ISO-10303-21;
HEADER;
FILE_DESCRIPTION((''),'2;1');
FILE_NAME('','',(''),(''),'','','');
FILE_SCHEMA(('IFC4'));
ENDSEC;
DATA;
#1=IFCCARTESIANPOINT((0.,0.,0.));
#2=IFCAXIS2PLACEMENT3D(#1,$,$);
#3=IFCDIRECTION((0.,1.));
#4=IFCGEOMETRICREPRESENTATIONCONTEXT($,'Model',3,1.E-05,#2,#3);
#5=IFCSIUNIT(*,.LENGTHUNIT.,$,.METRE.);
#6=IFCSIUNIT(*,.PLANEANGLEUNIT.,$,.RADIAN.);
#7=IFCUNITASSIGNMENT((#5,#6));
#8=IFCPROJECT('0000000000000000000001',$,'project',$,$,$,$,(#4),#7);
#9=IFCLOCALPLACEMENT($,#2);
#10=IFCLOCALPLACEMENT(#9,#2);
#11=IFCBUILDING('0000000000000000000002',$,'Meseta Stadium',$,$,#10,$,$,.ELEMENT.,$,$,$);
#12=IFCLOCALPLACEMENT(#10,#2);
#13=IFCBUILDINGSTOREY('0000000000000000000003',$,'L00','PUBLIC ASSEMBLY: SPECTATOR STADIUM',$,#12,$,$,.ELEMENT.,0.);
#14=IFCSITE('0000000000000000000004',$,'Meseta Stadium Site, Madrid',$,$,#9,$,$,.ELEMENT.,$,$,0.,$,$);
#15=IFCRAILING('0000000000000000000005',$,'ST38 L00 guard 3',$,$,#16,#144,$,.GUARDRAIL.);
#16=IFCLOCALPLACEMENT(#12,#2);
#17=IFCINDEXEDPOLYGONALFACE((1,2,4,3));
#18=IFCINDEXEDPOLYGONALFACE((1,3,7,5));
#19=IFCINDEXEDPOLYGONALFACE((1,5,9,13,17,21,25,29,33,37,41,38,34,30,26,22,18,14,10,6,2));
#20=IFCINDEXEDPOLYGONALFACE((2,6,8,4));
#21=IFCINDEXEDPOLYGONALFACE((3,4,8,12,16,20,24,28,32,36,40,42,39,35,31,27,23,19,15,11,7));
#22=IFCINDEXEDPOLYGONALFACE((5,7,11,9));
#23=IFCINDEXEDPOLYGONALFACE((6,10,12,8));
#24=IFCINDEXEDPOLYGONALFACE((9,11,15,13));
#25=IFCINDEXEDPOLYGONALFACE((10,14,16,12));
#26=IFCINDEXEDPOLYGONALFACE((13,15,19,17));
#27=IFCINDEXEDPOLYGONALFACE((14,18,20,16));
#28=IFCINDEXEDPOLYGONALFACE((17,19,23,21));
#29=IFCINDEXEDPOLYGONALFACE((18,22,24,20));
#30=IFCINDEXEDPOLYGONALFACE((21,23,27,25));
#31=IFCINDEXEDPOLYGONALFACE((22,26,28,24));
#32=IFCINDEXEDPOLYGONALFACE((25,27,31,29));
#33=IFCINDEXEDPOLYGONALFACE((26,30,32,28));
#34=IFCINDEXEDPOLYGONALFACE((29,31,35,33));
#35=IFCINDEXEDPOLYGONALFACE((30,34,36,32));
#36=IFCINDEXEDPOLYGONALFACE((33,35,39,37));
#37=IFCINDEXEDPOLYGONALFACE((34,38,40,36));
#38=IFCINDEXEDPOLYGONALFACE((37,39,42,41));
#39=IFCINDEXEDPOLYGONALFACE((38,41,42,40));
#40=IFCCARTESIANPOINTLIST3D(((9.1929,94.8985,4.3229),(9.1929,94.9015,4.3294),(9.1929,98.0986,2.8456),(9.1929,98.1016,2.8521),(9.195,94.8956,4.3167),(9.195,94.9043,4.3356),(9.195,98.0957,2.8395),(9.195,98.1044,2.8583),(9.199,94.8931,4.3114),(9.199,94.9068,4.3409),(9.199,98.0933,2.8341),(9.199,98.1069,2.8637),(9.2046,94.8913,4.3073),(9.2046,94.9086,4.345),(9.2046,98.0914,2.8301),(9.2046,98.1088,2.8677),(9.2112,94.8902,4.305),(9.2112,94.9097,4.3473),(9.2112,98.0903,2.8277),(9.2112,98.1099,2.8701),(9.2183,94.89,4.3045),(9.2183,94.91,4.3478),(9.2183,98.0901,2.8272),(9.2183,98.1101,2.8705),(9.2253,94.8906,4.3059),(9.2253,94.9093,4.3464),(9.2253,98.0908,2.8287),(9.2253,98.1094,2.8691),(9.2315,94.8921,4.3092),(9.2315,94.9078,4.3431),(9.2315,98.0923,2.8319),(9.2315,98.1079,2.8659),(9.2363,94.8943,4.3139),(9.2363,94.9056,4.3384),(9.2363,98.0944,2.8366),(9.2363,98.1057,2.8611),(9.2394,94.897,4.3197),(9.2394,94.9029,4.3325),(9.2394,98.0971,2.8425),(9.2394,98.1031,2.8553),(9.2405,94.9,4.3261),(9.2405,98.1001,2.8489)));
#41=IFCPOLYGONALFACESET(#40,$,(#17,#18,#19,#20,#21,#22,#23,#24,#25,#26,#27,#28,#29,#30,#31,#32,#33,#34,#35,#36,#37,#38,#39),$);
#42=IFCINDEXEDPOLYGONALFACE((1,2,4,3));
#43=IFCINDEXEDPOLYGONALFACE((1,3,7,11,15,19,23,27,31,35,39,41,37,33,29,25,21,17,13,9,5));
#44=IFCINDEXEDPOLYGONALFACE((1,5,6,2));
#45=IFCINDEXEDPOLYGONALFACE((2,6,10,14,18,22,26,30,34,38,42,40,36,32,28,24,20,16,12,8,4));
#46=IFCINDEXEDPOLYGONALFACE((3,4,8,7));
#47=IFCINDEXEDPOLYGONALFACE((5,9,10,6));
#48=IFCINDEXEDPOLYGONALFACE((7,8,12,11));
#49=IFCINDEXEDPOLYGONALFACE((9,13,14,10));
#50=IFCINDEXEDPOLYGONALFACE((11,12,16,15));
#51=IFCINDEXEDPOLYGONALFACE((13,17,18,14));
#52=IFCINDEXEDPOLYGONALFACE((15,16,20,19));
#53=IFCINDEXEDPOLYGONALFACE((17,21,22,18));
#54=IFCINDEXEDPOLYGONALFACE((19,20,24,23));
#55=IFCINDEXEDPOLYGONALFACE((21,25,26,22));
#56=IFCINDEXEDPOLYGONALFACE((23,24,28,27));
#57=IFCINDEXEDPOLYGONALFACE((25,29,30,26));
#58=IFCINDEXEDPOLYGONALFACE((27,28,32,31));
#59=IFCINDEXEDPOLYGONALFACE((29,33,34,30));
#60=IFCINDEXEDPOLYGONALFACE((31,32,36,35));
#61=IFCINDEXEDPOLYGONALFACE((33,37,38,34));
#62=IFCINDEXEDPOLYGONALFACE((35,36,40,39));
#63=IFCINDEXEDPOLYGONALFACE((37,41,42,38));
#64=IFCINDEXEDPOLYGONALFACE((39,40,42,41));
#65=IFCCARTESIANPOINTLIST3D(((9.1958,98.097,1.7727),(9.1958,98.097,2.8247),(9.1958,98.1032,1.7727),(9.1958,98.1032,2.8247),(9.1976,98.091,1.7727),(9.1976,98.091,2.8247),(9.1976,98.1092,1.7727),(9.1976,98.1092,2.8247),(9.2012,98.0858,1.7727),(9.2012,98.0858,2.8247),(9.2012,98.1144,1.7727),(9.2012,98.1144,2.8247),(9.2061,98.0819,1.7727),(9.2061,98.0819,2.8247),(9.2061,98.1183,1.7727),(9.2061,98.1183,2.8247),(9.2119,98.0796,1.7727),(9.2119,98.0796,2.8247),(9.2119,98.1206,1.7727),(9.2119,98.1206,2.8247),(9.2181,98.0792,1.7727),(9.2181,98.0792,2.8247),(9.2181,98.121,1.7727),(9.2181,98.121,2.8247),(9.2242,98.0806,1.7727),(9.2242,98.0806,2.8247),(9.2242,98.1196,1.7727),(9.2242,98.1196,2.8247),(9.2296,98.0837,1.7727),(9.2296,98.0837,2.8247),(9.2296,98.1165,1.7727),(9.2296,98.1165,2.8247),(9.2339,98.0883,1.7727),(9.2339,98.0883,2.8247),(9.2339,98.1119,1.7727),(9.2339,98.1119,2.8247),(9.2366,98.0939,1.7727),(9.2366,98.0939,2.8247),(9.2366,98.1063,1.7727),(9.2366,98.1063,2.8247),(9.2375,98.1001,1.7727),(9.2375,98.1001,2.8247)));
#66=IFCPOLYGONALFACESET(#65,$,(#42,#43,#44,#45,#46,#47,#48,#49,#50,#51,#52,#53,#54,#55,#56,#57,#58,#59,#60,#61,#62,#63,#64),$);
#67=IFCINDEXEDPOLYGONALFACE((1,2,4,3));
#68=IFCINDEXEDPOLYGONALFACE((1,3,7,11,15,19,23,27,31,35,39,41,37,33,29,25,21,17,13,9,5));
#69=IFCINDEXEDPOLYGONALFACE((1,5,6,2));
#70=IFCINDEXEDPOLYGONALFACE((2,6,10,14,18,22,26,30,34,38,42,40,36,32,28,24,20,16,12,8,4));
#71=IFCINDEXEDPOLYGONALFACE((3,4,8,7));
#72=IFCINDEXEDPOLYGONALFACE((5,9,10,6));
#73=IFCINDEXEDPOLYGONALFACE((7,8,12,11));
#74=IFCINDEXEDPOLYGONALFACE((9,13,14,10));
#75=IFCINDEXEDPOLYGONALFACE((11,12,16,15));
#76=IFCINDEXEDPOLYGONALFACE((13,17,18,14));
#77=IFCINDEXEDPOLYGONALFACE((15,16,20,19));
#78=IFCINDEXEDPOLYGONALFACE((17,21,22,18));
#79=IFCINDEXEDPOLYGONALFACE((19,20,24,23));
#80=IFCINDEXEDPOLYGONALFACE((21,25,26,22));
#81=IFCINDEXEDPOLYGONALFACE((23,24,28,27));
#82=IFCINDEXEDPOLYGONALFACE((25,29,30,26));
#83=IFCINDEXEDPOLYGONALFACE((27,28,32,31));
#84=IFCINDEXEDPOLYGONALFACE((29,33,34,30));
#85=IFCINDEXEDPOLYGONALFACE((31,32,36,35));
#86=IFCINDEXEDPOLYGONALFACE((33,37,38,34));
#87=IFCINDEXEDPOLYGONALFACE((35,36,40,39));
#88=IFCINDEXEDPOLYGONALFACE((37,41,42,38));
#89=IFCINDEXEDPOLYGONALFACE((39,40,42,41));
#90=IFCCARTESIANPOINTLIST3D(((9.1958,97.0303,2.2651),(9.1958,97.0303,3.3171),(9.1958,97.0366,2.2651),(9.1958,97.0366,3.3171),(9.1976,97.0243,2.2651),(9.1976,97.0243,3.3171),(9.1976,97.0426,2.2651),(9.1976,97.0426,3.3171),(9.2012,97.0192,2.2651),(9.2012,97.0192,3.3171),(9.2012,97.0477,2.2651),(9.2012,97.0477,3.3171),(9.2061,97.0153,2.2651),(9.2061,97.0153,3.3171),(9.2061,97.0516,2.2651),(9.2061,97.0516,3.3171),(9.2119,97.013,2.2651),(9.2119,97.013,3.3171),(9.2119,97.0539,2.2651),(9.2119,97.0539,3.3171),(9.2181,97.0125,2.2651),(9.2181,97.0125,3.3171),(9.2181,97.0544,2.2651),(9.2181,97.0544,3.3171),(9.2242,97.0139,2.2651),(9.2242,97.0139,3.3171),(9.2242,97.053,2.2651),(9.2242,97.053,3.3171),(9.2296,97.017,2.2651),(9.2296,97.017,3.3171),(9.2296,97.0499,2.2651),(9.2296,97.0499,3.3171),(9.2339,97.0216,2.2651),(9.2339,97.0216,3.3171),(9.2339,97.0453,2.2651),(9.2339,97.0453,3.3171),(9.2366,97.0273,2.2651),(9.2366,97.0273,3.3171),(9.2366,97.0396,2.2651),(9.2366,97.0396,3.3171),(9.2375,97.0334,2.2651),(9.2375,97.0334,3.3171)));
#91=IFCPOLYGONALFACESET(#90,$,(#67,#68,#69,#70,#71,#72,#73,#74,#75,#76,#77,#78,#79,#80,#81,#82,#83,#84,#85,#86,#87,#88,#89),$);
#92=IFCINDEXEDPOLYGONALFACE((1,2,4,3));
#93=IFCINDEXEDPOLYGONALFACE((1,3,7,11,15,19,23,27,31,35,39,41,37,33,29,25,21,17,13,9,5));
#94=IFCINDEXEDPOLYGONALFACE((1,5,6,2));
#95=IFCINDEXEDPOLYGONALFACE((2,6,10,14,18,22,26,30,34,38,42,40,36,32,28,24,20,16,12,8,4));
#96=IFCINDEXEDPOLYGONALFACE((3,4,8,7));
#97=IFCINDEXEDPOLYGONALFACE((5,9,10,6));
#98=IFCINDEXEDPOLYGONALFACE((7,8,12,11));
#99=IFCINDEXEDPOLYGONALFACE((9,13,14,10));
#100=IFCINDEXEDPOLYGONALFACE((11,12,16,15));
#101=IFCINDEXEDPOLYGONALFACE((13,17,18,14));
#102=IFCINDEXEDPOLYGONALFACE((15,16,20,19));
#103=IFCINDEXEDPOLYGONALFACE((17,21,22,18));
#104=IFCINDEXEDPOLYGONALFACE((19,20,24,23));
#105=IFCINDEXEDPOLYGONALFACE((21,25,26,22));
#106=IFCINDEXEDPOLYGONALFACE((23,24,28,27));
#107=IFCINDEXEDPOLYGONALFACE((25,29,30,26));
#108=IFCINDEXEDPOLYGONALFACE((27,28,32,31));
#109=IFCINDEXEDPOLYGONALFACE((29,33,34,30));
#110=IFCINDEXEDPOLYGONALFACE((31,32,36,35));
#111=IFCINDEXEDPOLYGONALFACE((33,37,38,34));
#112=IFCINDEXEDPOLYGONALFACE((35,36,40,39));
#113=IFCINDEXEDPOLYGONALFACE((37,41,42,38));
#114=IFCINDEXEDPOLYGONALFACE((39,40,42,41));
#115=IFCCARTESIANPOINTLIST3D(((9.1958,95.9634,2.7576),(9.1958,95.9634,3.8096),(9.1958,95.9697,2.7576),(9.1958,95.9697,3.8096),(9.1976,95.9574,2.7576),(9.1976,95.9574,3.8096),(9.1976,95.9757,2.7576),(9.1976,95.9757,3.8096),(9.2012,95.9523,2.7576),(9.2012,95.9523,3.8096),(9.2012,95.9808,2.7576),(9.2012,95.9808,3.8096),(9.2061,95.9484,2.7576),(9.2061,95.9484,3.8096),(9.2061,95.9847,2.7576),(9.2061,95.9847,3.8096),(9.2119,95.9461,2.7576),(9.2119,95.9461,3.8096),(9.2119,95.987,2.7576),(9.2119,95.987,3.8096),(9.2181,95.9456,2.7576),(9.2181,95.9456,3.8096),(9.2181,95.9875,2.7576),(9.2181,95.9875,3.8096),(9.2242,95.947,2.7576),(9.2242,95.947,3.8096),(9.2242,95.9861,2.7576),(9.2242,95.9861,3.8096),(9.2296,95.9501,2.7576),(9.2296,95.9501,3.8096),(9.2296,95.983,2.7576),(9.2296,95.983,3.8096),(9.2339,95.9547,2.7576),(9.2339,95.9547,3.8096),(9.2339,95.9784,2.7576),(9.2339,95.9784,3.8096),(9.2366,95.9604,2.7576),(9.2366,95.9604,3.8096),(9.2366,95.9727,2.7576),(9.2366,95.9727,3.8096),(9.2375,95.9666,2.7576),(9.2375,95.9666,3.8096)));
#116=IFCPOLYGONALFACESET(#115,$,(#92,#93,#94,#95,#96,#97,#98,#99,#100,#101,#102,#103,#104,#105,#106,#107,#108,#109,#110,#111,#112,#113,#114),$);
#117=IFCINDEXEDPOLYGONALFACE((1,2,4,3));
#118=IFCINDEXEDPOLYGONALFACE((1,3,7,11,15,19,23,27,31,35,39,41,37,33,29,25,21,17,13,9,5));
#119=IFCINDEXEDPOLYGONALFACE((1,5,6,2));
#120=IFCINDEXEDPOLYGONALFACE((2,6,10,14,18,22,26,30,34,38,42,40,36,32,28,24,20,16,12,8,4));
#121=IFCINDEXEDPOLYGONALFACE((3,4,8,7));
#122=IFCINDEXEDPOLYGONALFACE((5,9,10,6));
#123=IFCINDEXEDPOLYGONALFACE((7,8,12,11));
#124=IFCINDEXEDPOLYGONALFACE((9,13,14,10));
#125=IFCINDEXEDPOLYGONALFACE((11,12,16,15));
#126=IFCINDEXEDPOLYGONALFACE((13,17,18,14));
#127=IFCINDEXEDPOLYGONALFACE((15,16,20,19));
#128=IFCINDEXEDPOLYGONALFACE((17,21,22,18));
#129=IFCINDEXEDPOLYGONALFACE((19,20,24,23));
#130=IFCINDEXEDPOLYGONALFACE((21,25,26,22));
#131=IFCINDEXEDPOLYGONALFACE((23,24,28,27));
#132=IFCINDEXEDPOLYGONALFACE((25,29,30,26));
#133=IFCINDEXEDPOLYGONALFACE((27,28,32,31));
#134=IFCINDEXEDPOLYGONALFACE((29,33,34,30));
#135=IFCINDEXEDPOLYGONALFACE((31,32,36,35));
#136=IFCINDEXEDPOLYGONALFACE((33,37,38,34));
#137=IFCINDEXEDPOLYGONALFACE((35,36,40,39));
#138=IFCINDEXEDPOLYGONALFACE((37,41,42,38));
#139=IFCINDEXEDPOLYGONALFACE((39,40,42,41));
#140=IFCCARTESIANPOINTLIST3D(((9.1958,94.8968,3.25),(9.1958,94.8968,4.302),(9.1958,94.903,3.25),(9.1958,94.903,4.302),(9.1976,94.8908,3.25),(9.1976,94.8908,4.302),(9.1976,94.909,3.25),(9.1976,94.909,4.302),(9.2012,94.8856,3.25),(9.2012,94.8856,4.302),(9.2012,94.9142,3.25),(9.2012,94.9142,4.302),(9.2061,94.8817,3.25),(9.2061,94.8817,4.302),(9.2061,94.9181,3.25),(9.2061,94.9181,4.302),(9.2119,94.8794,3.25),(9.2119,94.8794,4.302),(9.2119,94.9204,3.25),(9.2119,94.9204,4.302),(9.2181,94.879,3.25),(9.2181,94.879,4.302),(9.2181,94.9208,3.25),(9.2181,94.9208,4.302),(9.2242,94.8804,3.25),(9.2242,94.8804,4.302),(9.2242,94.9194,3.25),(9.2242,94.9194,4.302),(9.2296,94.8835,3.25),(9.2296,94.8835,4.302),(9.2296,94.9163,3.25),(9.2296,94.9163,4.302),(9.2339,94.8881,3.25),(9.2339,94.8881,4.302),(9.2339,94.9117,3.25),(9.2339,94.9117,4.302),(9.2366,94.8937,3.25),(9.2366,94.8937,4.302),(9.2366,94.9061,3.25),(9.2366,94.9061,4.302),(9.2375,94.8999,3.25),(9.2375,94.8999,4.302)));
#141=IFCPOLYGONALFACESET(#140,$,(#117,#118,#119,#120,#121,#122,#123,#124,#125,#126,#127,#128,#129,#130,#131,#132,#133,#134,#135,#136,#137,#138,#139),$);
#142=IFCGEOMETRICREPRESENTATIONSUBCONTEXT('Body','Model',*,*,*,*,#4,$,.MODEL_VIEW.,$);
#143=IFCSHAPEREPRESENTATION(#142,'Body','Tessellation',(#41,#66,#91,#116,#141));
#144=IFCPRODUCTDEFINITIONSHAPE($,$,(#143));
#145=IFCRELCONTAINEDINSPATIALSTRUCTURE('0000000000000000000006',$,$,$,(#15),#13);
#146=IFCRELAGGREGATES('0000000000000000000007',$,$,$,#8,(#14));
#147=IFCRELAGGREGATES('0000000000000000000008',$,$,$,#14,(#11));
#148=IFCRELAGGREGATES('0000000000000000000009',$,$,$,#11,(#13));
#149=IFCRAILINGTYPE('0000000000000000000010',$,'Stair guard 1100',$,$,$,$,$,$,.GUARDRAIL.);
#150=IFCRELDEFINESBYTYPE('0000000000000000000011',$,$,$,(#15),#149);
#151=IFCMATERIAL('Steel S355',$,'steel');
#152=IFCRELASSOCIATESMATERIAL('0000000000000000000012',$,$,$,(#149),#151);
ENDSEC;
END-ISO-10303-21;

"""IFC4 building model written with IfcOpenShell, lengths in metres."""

from ifc_helpers import new_model, si_unit, direction, frame, origin, origin_2d, place, context, subcontext, project, spatial, circle, extrude, material, type_object, element, save


model = new_model("IFC4")

# Units and contexts
model_context = context("Model", 3, precision=1e-05, world=origin(), true_north=direction((0.0, 1.0)))
body_context = subcontext(model_context, "Body", "Model", "MODEL_VIEW")
ifc_project = project(units=[si_unit("LENGTHUNIT", "METRE"), si_unit("PLANEANGLEUNIT", "RADIAN")], contexts=[model_context])

# Site, building, storey
site_placement = place(None, origin())
site = spatial("IfcSite", under=ifc_project, at=site_placement, Name="Meseta Stadium Site, Madrid", CompositionType="ELEMENT", RefElevation=0.0)
building_placement = place(site_placement, origin())
building = spatial("IfcBuilding", under=site, at=building_placement, Name="Meseta Stadium", CompositionType="ELEMENT")
storey_placement = place(building_placement, origin())
storey = spatial("IfcBuildingStorey", under=building, at=storey_placement, Name="L00", Description="PUBLIC ASSEMBLY: SPECTATOR STADIUM", CompositionType="ELEMENT", Elevation=0.0)

# Railing
ifc_material_1 = material(Name="Steel S355", Category="steel")
railing_type_1 = type_object("IfcRailingType", Name="Stair guard 1100", PredefinedType="GUARDRAIL", material=ifc_material_1)
railing_1_placement = place(storey_placement, frame((9.2166, 98.1001, 1.7727)))
element("IfcRailing", 1, at=railing_1_placement, inside=storey, type_object=railing_type_1, Name="ST38 L00 guard 3", PredefinedType="GUARDRAIL", context=body_context, shape_type="SweptSolid", body=[
    extrude(circle(Radius=0.0239, at=origin_2d()), frame((0.0, 0.0, 1.0762), z_axis=(0.0, -0.907929, 0.419124), x_axis=(1.0, 0.0, 0.0)), (0.0, 0.0, 1.0), 3.5247),
    extrude(circle(Radius=0.021, at=origin_2d()), origin(), (0.0, 0.0, 1.0), 1.052),
    extrude(circle(Radius=0.021, at=origin_2d()), frame((0.0, -1.0667, 0.4924)), (0.0, 0.0, 1.0), 1.052),
    extrude(circle(Radius=0.021, at=origin_2d()), frame((0.0, -2.1335, 0.9849)), (0.0, 0.0, 1.0), 1.052),
    extrude(circle(Radius=0.021, at=origin_2d()), frame((0.0, -3.2002, 1.4773)), (0.0, 0.0, 1.0), 1.052),
])

save(model, "model.ifc")
